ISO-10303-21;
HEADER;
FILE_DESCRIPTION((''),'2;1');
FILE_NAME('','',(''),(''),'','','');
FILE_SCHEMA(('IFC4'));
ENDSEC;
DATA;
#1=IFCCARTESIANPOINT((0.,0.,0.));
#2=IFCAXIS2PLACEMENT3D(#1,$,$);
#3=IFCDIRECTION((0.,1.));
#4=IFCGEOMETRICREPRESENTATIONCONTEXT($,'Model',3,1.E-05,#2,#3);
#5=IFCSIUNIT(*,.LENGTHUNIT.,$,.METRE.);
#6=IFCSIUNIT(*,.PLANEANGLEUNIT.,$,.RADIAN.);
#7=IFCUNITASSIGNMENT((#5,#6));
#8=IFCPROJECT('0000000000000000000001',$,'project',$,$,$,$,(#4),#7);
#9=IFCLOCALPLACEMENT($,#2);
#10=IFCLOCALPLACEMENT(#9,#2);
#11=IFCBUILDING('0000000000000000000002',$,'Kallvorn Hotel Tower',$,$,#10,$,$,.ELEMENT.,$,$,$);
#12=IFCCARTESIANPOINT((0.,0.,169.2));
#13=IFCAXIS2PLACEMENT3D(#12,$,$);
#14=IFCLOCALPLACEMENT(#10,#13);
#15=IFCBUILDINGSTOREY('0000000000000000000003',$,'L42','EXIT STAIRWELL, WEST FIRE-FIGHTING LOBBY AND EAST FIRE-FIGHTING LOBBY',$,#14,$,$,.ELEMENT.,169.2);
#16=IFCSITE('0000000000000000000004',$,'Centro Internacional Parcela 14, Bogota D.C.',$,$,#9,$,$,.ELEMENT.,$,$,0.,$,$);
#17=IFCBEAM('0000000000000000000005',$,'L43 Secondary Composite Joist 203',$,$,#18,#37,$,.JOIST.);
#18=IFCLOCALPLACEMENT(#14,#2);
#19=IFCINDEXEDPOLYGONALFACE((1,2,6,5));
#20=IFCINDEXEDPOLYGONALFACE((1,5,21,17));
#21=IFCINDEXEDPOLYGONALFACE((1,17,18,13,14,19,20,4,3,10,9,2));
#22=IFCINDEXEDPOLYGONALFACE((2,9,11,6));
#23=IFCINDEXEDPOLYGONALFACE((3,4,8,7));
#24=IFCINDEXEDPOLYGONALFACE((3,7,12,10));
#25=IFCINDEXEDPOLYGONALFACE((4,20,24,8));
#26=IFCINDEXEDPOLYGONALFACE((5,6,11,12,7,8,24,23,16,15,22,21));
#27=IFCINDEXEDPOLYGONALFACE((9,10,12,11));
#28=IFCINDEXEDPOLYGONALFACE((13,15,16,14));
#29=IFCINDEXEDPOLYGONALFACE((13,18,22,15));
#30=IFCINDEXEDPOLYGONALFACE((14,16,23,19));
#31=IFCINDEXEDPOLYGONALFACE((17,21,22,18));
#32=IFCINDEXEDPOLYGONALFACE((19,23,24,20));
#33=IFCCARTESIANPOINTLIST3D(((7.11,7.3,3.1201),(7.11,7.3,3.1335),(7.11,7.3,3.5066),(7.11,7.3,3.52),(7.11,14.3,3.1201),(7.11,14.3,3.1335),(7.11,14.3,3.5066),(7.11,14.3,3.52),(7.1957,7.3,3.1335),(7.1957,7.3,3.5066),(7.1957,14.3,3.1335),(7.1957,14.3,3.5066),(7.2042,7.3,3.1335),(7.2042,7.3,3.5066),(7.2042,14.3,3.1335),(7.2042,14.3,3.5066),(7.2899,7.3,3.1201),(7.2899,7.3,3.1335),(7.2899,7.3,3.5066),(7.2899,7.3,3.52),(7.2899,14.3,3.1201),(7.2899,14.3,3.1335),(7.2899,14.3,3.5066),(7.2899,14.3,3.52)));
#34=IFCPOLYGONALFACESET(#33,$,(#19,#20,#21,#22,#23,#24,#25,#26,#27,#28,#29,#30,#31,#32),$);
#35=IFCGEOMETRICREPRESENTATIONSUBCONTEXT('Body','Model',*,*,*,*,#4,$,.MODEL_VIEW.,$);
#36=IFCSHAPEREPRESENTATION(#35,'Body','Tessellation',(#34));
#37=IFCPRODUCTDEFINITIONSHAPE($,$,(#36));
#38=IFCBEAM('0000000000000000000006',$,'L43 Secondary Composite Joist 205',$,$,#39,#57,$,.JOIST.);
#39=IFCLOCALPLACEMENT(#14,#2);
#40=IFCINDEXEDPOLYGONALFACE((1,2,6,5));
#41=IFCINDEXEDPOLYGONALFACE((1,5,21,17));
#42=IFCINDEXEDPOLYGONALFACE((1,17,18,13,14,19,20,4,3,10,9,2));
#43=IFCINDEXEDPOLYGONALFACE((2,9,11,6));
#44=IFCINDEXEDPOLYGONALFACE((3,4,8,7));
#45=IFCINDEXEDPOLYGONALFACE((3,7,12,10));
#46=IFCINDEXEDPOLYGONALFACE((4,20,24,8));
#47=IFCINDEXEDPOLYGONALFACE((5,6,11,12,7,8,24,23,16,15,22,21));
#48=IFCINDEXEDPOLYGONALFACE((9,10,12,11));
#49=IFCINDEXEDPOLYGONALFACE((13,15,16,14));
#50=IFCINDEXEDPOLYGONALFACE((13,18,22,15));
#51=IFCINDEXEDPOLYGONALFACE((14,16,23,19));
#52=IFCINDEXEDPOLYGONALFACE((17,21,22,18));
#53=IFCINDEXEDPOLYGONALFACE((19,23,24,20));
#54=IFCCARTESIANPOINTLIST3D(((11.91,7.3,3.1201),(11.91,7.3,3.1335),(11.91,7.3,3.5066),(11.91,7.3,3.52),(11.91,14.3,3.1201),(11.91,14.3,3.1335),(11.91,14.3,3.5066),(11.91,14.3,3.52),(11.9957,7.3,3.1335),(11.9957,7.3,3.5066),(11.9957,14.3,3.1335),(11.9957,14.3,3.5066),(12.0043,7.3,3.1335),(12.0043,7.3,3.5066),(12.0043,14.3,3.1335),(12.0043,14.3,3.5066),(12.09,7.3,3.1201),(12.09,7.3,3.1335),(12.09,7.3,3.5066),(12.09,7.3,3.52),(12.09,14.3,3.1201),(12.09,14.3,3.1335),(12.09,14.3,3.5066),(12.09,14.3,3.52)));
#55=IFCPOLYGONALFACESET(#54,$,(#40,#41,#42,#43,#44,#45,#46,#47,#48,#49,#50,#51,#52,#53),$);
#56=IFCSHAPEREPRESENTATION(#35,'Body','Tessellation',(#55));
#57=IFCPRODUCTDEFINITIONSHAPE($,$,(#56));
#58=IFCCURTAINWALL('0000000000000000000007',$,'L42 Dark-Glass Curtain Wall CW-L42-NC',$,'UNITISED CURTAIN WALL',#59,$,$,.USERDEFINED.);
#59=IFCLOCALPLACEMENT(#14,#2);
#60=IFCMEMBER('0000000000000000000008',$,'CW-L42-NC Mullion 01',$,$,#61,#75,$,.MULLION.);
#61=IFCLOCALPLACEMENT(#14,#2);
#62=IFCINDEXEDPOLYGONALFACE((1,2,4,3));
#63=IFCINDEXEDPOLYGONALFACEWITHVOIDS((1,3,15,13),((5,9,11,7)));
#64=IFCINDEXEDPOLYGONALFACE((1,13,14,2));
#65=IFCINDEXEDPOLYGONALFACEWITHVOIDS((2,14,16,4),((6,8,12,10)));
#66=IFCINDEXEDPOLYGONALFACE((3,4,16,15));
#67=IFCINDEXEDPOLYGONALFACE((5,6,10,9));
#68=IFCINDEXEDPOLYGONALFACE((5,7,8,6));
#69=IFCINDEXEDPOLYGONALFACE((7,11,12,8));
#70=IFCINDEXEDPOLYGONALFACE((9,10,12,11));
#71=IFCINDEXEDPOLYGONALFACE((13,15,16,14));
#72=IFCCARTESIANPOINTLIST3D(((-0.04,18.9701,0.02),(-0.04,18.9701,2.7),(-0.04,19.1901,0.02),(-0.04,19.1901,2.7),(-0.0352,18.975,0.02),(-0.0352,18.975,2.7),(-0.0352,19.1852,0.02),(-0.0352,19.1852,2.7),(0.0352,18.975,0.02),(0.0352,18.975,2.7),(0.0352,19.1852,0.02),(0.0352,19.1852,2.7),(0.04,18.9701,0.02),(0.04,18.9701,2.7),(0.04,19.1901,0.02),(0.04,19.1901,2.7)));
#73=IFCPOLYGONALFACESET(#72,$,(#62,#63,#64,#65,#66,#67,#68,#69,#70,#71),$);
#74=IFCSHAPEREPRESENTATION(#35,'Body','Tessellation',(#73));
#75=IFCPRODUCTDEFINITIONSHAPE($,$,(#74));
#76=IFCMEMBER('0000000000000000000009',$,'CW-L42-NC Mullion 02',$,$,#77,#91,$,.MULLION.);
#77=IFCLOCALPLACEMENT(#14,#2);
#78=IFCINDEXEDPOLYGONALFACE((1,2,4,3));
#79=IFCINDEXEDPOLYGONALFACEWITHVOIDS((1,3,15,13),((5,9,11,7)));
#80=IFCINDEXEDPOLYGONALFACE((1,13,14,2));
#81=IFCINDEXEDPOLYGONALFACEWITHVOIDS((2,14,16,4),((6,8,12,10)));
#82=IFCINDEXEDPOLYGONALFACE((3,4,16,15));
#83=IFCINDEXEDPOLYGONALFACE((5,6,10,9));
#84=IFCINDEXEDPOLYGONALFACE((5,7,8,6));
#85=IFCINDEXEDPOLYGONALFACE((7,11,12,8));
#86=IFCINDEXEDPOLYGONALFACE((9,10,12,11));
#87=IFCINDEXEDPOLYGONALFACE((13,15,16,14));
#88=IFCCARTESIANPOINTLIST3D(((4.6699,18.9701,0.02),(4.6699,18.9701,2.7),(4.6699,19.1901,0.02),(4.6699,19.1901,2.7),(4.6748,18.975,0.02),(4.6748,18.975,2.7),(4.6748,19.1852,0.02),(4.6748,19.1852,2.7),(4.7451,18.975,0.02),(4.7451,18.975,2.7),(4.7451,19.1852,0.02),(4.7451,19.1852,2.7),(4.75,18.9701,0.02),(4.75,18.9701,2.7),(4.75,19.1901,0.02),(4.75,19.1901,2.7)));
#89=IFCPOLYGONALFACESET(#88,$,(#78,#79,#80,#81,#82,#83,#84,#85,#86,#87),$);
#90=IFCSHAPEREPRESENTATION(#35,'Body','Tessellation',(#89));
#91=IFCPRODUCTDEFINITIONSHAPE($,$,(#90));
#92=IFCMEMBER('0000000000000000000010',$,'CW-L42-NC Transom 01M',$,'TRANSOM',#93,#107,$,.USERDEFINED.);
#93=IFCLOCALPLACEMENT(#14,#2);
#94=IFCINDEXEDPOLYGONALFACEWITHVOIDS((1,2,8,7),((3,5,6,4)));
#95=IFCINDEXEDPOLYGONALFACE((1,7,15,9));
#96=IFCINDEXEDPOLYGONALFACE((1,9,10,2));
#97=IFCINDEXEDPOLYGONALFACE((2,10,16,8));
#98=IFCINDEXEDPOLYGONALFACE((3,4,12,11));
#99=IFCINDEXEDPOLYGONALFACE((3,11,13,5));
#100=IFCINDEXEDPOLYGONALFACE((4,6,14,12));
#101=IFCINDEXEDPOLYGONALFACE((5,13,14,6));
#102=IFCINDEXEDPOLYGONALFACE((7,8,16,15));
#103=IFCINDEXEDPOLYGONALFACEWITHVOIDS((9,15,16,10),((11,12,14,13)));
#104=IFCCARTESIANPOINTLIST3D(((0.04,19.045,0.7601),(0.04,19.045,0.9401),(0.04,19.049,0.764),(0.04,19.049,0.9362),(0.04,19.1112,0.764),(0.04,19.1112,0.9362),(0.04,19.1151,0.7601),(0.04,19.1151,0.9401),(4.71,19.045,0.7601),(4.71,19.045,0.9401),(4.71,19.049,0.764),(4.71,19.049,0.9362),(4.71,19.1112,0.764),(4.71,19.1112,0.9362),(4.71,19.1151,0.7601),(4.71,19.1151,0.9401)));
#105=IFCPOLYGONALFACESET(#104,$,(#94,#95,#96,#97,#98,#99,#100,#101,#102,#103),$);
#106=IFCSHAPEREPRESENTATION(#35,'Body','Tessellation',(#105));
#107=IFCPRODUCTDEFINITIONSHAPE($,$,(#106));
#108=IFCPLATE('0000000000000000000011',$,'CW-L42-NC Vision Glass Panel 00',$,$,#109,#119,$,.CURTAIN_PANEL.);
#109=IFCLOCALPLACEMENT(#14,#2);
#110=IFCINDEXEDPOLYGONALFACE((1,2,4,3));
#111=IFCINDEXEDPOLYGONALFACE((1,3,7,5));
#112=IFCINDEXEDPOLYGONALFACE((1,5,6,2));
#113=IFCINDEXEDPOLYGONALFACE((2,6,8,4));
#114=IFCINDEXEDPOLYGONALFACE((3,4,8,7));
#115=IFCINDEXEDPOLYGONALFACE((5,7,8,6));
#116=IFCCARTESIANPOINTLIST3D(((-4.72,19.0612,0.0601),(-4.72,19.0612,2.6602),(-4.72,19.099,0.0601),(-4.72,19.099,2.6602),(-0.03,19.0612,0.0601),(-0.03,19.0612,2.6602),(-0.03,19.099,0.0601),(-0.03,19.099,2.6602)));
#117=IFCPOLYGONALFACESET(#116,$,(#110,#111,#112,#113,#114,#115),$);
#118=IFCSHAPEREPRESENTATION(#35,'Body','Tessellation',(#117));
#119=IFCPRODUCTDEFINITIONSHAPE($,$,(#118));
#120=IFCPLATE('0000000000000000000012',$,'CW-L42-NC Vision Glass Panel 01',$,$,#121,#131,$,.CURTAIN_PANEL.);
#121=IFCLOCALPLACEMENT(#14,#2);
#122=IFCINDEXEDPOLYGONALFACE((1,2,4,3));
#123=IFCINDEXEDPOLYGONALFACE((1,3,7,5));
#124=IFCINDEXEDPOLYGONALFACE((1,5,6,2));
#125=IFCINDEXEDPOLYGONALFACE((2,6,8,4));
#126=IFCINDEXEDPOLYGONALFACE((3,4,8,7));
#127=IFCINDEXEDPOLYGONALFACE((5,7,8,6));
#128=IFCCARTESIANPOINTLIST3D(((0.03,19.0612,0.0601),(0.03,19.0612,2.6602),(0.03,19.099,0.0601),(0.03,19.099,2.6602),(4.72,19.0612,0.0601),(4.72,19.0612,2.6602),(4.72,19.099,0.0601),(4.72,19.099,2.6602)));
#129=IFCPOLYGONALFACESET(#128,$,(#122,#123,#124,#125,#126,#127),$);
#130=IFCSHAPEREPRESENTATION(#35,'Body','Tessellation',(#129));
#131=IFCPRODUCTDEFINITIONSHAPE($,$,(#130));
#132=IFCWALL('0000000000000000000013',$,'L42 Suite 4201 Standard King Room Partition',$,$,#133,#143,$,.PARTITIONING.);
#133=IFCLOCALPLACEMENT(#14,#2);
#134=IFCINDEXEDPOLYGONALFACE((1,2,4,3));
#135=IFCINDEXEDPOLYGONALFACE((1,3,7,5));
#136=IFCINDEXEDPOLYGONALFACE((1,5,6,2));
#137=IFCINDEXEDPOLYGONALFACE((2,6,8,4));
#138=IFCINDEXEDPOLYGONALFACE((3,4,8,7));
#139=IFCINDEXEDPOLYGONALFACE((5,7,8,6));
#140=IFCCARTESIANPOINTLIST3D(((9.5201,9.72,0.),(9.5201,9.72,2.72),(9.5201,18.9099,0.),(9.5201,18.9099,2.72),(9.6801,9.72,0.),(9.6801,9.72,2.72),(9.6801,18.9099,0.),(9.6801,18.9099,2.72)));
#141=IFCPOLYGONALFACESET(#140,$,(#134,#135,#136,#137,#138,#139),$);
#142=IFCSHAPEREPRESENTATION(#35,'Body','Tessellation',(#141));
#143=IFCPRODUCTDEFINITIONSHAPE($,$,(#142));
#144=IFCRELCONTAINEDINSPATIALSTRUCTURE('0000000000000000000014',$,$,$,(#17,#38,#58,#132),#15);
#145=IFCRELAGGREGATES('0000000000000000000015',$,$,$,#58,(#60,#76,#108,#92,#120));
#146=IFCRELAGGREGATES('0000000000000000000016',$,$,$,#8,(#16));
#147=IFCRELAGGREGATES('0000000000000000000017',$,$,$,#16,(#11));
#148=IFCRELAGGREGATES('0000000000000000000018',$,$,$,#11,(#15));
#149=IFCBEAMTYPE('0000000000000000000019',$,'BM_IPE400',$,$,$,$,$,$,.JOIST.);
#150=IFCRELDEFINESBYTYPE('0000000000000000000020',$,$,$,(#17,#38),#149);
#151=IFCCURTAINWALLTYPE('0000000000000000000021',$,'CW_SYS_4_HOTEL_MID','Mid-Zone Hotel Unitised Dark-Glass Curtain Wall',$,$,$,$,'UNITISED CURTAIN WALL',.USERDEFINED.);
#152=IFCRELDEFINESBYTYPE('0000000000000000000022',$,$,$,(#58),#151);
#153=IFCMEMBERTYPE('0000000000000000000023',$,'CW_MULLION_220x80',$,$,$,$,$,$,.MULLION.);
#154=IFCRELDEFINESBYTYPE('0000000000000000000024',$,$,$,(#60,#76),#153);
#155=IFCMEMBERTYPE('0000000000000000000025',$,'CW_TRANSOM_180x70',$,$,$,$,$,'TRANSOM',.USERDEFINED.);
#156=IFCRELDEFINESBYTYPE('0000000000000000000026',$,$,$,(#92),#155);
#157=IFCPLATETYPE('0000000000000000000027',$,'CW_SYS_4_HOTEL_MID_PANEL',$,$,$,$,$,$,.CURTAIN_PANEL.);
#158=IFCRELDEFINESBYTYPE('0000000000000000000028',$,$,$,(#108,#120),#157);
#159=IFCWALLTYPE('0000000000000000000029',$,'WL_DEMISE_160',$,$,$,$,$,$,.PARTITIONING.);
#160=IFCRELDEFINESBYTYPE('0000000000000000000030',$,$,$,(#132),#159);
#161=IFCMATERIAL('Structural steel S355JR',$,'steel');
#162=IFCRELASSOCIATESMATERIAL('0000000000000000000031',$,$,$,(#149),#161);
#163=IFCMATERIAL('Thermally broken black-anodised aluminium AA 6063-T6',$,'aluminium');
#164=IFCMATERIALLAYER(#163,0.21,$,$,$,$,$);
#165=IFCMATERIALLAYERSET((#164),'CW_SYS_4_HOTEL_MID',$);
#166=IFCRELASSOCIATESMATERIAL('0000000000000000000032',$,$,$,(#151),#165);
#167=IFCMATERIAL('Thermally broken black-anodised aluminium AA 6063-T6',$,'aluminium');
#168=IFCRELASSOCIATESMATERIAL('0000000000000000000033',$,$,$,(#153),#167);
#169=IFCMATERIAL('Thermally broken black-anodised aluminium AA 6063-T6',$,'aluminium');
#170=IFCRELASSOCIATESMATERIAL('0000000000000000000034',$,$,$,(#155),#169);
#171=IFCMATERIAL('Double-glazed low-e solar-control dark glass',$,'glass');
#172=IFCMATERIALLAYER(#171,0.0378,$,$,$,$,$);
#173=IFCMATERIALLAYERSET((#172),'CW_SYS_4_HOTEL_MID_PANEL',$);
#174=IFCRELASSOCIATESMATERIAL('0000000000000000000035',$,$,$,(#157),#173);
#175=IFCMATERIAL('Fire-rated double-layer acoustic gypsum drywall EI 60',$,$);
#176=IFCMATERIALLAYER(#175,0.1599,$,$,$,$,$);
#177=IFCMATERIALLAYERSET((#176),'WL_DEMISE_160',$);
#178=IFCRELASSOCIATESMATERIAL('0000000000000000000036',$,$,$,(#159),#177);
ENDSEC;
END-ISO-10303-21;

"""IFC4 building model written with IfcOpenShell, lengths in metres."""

from ifc_helpers import new_model, si_unit, direction, frame, frame_2d, origin, origin_2d, place, context, subcontext, project, spatial, rectangle, hollow_rectangle, i_section, extrude, material, layer, layer_set, material_profile, profile_set, type_object, element, aggregate, save


model = new_model("IFC4")

# Units and contexts
model_context = context("Model", 3, precision=1e-05, world=origin(), true_north=direction((0.0, 1.0)))
body_context = subcontext(model_context, "Body", "Model", "MODEL_VIEW")
ifc_project = project(units=[si_unit("LENGTHUNIT", "METRE"), si_unit("PLANEANGLEUNIT", "RADIAN")], contexts=[model_context])

# Site, building, storey
site_placement = place(None, origin())
site = spatial("IfcSite", under=ifc_project, at=site_placement, Name="Centro Internacional Parcela 14, Bogota D.C.", CompositionType="ELEMENT", RefElevation=0.0)
building_placement = place(site_placement, origin())
building = spatial("IfcBuilding", under=site, at=building_placement, Name="Kallvorn Hotel Tower", CompositionType="ELEMENT")
storey_placement = place(building_placement, frame((0.0, 0.0, 169.2)))
storey = spatial("IfcBuildingStorey", under=building, at=storey_placement, Name="L42", Description="EXIT STAIRWELL, WEST FIRE-FIGHTING LOBBY AND EAST FIRE-FIGHTING LOBBY", CompositionType="ELEMENT", Elevation=169.2)

# Beams
ifc_material_1 = material(Name="Structural steel S355JR", Category="steel")
ifc_material_profile_1 = material_profile(ifc_material_1, i_section(OverallWidth=0.1799, OverallDepth=0.3999, WebThickness=0.0085, FlangeThickness=0.0134, at=origin_2d()), Name="IPE 400")
ifc_profile_set_1 = profile_set([ifc_material_profile_1], Name="Structural steel S355JR")
beam_type_1 = type_object("IfcBeamType", Name="BM_IPE400", PredefinedType="JOIST", material=ifc_profile_set_1)
for number, where, z_axis, x_axis, name in (
    (1, (7.2, 7.3, 3.3201), (0.0, 1.0, 0.0), (-1.0, 0.0, 0.0), "L43 Secondary Composite Joist 203"),
    (2, (12.0, 7.3, 3.3201), (0.0, 1.0, 0.0), (-1.0, 0.0, 0.0), "L43 Secondary Composite Joist 205"),
):
    element("IfcBeam", number, at=place(storey_placement, frame(where, z_axis=z_axis, x_axis=x_axis)), inside=storey, type_object=beam_type_1, Name=name, PredefinedType="JOIST", context=body_context, shape_type="SweptSolid", body=[
        extrude(i_section(OverallWidth=0.1799, OverallDepth=0.3999, WebThickness=0.0085, FlangeThickness=0.0134, at=origin_2d()), origin(), (0.0, 0.0, 1.0), 7.0),
    ])

# Curtain wall, members, plates
ifc_material_2 = material(Name="Thermally broken black-anodised aluminium AA 6063-T6", Category="aluminium")
ifc_layer_1 = layer(ifc_material_2, 0.21)
ifc_layer_set_1 = layer_set([ifc_layer_1], Name="CW_SYS_4_HOTEL_MID")
curtain_wall_type = type_object("IfcCurtainWallType", Name="CW_SYS_4_HOTEL_MID", Description="Mid-Zone Hotel Unitised Dark-Glass Curtain Wall", ElementType="UNITISED CURTAIN WALL", PredefinedType="USERDEFINED", material=ifc_layer_set_1)
curtain_wall_placement = place(storey_placement, origin())
curtain_wall = element("IfcCurtainWall", 3, at=curtain_wall_placement, inside=storey, type_object=curtain_wall_type, Name="L42 Dark-Glass Curtain Wall CW-L42-NC", ObjectType="UNITISED CURTAIN WALL", PredefinedType="USERDEFINED")
ifc_material_3 = material(Name="Thermally broken black-anodised aluminium AA 6063-T6", Category="aluminium")
ifc_material_profile_2 = material_profile(ifc_material_3, hollow_rectangle(XDim=0.0801, YDim=0.22, WallThickness=0.0049, at=origin_2d()), Name="MUL 220x80")
ifc_profile_set_2 = profile_set([ifc_material_profile_2], Name="Thermally broken black-anodised aluminium AA 6063-T6")
member_type_1 = type_object("IfcMemberType", Name="CW_MULLION_220x80", PredefinedType="MULLION", material=ifc_profile_set_2)
member_1_placement = place(storey_placement, frame((0.0, 19.0801, 0.02), z_axis=(0.0, 0.0, 1.0), x_axis=(1.0, 0.0, 0.0)))
member_1 = element("IfcMember", 4, at=member_1_placement, type_object=member_type_1, Name="CW-L42-NC Mullion 01", PredefinedType="MULLION", context=body_context, shape_type="SweptSolid", body=[
    extrude(hollow_rectangle(XDim=0.0801, YDim=0.22, WallThickness=0.0049, at=origin_2d()), origin(), (0.0, 0.0, 1.0), 2.6799),
])
member_2_placement = place(storey_placement, frame((4.71, 19.0801, 0.02), z_axis=(0.0, 0.0, 1.0), x_axis=(1.0, 0.0, 0.0)))
member_2 = element("IfcMember", 5, at=member_2_placement, type_object=member_type_1, Name="CW-L42-NC Mullion 02", PredefinedType="MULLION", context=body_context, shape_type="SweptSolid", body=[
    extrude(hollow_rectangle(XDim=0.0801, YDim=0.22, WallThickness=0.0049, at=origin_2d()), origin(), (0.0, 0.0, 1.0), 2.6799),
])
ifc_material_4 = material(Name="Thermally broken black-anodised aluminium AA 6063-T6", Category="aluminium")
ifc_material_profile_3 = material_profile(ifc_material_4, hollow_rectangle(XDim=0.0701, YDim=0.1799, WallThickness=0.0039, at=origin_2d()), Name="TRN 180x70")
ifc_profile_set_3 = profile_set([ifc_material_profile_3], Name="Thermally broken black-anodised aluminium AA 6063-T6")
member_type_2 = type_object("IfcMemberType", Name="CW_TRANSOM_180x70", ElementType="TRANSOM", PredefinedType="USERDEFINED", material=ifc_profile_set_3)
member_3_placement = place(storey_placement, frame((0.04, 19.0801, 0.8501), z_axis=(1.0, 0.0, 0.0), x_axis=(0.0, 1.0, 0.0)))
member_3 = element("IfcMember", 6, at=member_3_placement, type_object=member_type_2, Name="CW-L42-NC Transom 01M", ObjectType="TRANSOM", PredefinedType="USERDEFINED", context=body_context, shape_type="SweptSolid", body=[
    extrude(hollow_rectangle(XDim=0.0701, YDim=0.1799, WallThickness=0.0039, at=origin_2d()), origin(), (0.0, 0.0, 1.0), 4.6699),
])
ifc_material_5 = material(Name="Double-glazed low-e solar-control dark glass", Category="glass")
ifc_layer_2 = layer(ifc_material_5, 0.0378)
ifc_layer_set_2 = layer_set([ifc_layer_2], Name="CW_SYS_4_HOTEL_MID_PANEL")
plate_type = type_object("IfcPlateType", Name="CW_SYS_4_HOTEL_MID_PANEL", PredefinedType="CURTAIN_PANEL", material=ifc_layer_set_2)
plate_1_placement = place(storey_placement, frame((-2.375, 19.0801, 0.0601), z_axis=(0.0, 0.0, 1.0), x_axis=(1.0, 0.0, 0.0)))
plate_1 = element("IfcPlate", 7, at=plate_1_placement, type_object=plate_type, Name="CW-L42-NC Vision Glass Panel 00", PredefinedType="CURTAIN_PANEL", context=body_context, shape_type="SweptSolid", body=[
    extrude(rectangle(XDim=4.6899, YDim=0.0378, at=origin_2d()), origin(), (0.0, 0.0, 1.0), 2.6001),
])
plate_2_placement = place(storey_placement, frame((2.375, 19.0801, 0.0601), z_axis=(0.0, 0.0, 1.0), x_axis=(1.0, 0.0, 0.0)))
plate_2 = element("IfcPlate", 8, at=plate_2_placement, type_object=plate_type, Name="CW-L42-NC Vision Glass Panel 01", PredefinedType="CURTAIN_PANEL", context=body_context, shape_type="SweptSolid", body=[
    extrude(rectangle(XDim=4.6899, YDim=0.0378, at=origin_2d()), origin(), (0.0, 0.0, 1.0), 2.6001),
])
aggregate(curtain_wall, [member_1, member_2, plate_1, member_3, plate_2])

# Wall
ifc_material_6 = material(Name="Fire-rated double-layer acoustic gypsum drywall EI 60")
ifc_layer_3 = layer(ifc_material_6, 0.1599)
ifc_layer_set_3 = layer_set([ifc_layer_3], Name="WL_DEMISE_160")
wall_type_1 = type_object("IfcWallType", Name="WL_DEMISE_160", PredefinedType="PARTITIONING", material=ifc_layer_set_3)
wall_1_placement = place(storey_placement, frame((9.6001, 9.72, 0.0), z_axis=(0.0, 0.0, 1.0), x_axis=(0.0, 1.0, 0.0)))
element("IfcWall", 9, at=wall_1_placement, inside=storey, type_object=wall_type_1, Name="L42 Suite 4201 Standard King Room Partition", PredefinedType="PARTITIONING", context=body_context, shape_type="SweptSolid", body=[
    extrude(rectangle(XDim=9.1899, YDim=0.1599, at=frame_2d((4.595, 0.0))), origin(), (0.0, 0.0, 1.0), 2.72),
])

save(model, "model.ifc")
